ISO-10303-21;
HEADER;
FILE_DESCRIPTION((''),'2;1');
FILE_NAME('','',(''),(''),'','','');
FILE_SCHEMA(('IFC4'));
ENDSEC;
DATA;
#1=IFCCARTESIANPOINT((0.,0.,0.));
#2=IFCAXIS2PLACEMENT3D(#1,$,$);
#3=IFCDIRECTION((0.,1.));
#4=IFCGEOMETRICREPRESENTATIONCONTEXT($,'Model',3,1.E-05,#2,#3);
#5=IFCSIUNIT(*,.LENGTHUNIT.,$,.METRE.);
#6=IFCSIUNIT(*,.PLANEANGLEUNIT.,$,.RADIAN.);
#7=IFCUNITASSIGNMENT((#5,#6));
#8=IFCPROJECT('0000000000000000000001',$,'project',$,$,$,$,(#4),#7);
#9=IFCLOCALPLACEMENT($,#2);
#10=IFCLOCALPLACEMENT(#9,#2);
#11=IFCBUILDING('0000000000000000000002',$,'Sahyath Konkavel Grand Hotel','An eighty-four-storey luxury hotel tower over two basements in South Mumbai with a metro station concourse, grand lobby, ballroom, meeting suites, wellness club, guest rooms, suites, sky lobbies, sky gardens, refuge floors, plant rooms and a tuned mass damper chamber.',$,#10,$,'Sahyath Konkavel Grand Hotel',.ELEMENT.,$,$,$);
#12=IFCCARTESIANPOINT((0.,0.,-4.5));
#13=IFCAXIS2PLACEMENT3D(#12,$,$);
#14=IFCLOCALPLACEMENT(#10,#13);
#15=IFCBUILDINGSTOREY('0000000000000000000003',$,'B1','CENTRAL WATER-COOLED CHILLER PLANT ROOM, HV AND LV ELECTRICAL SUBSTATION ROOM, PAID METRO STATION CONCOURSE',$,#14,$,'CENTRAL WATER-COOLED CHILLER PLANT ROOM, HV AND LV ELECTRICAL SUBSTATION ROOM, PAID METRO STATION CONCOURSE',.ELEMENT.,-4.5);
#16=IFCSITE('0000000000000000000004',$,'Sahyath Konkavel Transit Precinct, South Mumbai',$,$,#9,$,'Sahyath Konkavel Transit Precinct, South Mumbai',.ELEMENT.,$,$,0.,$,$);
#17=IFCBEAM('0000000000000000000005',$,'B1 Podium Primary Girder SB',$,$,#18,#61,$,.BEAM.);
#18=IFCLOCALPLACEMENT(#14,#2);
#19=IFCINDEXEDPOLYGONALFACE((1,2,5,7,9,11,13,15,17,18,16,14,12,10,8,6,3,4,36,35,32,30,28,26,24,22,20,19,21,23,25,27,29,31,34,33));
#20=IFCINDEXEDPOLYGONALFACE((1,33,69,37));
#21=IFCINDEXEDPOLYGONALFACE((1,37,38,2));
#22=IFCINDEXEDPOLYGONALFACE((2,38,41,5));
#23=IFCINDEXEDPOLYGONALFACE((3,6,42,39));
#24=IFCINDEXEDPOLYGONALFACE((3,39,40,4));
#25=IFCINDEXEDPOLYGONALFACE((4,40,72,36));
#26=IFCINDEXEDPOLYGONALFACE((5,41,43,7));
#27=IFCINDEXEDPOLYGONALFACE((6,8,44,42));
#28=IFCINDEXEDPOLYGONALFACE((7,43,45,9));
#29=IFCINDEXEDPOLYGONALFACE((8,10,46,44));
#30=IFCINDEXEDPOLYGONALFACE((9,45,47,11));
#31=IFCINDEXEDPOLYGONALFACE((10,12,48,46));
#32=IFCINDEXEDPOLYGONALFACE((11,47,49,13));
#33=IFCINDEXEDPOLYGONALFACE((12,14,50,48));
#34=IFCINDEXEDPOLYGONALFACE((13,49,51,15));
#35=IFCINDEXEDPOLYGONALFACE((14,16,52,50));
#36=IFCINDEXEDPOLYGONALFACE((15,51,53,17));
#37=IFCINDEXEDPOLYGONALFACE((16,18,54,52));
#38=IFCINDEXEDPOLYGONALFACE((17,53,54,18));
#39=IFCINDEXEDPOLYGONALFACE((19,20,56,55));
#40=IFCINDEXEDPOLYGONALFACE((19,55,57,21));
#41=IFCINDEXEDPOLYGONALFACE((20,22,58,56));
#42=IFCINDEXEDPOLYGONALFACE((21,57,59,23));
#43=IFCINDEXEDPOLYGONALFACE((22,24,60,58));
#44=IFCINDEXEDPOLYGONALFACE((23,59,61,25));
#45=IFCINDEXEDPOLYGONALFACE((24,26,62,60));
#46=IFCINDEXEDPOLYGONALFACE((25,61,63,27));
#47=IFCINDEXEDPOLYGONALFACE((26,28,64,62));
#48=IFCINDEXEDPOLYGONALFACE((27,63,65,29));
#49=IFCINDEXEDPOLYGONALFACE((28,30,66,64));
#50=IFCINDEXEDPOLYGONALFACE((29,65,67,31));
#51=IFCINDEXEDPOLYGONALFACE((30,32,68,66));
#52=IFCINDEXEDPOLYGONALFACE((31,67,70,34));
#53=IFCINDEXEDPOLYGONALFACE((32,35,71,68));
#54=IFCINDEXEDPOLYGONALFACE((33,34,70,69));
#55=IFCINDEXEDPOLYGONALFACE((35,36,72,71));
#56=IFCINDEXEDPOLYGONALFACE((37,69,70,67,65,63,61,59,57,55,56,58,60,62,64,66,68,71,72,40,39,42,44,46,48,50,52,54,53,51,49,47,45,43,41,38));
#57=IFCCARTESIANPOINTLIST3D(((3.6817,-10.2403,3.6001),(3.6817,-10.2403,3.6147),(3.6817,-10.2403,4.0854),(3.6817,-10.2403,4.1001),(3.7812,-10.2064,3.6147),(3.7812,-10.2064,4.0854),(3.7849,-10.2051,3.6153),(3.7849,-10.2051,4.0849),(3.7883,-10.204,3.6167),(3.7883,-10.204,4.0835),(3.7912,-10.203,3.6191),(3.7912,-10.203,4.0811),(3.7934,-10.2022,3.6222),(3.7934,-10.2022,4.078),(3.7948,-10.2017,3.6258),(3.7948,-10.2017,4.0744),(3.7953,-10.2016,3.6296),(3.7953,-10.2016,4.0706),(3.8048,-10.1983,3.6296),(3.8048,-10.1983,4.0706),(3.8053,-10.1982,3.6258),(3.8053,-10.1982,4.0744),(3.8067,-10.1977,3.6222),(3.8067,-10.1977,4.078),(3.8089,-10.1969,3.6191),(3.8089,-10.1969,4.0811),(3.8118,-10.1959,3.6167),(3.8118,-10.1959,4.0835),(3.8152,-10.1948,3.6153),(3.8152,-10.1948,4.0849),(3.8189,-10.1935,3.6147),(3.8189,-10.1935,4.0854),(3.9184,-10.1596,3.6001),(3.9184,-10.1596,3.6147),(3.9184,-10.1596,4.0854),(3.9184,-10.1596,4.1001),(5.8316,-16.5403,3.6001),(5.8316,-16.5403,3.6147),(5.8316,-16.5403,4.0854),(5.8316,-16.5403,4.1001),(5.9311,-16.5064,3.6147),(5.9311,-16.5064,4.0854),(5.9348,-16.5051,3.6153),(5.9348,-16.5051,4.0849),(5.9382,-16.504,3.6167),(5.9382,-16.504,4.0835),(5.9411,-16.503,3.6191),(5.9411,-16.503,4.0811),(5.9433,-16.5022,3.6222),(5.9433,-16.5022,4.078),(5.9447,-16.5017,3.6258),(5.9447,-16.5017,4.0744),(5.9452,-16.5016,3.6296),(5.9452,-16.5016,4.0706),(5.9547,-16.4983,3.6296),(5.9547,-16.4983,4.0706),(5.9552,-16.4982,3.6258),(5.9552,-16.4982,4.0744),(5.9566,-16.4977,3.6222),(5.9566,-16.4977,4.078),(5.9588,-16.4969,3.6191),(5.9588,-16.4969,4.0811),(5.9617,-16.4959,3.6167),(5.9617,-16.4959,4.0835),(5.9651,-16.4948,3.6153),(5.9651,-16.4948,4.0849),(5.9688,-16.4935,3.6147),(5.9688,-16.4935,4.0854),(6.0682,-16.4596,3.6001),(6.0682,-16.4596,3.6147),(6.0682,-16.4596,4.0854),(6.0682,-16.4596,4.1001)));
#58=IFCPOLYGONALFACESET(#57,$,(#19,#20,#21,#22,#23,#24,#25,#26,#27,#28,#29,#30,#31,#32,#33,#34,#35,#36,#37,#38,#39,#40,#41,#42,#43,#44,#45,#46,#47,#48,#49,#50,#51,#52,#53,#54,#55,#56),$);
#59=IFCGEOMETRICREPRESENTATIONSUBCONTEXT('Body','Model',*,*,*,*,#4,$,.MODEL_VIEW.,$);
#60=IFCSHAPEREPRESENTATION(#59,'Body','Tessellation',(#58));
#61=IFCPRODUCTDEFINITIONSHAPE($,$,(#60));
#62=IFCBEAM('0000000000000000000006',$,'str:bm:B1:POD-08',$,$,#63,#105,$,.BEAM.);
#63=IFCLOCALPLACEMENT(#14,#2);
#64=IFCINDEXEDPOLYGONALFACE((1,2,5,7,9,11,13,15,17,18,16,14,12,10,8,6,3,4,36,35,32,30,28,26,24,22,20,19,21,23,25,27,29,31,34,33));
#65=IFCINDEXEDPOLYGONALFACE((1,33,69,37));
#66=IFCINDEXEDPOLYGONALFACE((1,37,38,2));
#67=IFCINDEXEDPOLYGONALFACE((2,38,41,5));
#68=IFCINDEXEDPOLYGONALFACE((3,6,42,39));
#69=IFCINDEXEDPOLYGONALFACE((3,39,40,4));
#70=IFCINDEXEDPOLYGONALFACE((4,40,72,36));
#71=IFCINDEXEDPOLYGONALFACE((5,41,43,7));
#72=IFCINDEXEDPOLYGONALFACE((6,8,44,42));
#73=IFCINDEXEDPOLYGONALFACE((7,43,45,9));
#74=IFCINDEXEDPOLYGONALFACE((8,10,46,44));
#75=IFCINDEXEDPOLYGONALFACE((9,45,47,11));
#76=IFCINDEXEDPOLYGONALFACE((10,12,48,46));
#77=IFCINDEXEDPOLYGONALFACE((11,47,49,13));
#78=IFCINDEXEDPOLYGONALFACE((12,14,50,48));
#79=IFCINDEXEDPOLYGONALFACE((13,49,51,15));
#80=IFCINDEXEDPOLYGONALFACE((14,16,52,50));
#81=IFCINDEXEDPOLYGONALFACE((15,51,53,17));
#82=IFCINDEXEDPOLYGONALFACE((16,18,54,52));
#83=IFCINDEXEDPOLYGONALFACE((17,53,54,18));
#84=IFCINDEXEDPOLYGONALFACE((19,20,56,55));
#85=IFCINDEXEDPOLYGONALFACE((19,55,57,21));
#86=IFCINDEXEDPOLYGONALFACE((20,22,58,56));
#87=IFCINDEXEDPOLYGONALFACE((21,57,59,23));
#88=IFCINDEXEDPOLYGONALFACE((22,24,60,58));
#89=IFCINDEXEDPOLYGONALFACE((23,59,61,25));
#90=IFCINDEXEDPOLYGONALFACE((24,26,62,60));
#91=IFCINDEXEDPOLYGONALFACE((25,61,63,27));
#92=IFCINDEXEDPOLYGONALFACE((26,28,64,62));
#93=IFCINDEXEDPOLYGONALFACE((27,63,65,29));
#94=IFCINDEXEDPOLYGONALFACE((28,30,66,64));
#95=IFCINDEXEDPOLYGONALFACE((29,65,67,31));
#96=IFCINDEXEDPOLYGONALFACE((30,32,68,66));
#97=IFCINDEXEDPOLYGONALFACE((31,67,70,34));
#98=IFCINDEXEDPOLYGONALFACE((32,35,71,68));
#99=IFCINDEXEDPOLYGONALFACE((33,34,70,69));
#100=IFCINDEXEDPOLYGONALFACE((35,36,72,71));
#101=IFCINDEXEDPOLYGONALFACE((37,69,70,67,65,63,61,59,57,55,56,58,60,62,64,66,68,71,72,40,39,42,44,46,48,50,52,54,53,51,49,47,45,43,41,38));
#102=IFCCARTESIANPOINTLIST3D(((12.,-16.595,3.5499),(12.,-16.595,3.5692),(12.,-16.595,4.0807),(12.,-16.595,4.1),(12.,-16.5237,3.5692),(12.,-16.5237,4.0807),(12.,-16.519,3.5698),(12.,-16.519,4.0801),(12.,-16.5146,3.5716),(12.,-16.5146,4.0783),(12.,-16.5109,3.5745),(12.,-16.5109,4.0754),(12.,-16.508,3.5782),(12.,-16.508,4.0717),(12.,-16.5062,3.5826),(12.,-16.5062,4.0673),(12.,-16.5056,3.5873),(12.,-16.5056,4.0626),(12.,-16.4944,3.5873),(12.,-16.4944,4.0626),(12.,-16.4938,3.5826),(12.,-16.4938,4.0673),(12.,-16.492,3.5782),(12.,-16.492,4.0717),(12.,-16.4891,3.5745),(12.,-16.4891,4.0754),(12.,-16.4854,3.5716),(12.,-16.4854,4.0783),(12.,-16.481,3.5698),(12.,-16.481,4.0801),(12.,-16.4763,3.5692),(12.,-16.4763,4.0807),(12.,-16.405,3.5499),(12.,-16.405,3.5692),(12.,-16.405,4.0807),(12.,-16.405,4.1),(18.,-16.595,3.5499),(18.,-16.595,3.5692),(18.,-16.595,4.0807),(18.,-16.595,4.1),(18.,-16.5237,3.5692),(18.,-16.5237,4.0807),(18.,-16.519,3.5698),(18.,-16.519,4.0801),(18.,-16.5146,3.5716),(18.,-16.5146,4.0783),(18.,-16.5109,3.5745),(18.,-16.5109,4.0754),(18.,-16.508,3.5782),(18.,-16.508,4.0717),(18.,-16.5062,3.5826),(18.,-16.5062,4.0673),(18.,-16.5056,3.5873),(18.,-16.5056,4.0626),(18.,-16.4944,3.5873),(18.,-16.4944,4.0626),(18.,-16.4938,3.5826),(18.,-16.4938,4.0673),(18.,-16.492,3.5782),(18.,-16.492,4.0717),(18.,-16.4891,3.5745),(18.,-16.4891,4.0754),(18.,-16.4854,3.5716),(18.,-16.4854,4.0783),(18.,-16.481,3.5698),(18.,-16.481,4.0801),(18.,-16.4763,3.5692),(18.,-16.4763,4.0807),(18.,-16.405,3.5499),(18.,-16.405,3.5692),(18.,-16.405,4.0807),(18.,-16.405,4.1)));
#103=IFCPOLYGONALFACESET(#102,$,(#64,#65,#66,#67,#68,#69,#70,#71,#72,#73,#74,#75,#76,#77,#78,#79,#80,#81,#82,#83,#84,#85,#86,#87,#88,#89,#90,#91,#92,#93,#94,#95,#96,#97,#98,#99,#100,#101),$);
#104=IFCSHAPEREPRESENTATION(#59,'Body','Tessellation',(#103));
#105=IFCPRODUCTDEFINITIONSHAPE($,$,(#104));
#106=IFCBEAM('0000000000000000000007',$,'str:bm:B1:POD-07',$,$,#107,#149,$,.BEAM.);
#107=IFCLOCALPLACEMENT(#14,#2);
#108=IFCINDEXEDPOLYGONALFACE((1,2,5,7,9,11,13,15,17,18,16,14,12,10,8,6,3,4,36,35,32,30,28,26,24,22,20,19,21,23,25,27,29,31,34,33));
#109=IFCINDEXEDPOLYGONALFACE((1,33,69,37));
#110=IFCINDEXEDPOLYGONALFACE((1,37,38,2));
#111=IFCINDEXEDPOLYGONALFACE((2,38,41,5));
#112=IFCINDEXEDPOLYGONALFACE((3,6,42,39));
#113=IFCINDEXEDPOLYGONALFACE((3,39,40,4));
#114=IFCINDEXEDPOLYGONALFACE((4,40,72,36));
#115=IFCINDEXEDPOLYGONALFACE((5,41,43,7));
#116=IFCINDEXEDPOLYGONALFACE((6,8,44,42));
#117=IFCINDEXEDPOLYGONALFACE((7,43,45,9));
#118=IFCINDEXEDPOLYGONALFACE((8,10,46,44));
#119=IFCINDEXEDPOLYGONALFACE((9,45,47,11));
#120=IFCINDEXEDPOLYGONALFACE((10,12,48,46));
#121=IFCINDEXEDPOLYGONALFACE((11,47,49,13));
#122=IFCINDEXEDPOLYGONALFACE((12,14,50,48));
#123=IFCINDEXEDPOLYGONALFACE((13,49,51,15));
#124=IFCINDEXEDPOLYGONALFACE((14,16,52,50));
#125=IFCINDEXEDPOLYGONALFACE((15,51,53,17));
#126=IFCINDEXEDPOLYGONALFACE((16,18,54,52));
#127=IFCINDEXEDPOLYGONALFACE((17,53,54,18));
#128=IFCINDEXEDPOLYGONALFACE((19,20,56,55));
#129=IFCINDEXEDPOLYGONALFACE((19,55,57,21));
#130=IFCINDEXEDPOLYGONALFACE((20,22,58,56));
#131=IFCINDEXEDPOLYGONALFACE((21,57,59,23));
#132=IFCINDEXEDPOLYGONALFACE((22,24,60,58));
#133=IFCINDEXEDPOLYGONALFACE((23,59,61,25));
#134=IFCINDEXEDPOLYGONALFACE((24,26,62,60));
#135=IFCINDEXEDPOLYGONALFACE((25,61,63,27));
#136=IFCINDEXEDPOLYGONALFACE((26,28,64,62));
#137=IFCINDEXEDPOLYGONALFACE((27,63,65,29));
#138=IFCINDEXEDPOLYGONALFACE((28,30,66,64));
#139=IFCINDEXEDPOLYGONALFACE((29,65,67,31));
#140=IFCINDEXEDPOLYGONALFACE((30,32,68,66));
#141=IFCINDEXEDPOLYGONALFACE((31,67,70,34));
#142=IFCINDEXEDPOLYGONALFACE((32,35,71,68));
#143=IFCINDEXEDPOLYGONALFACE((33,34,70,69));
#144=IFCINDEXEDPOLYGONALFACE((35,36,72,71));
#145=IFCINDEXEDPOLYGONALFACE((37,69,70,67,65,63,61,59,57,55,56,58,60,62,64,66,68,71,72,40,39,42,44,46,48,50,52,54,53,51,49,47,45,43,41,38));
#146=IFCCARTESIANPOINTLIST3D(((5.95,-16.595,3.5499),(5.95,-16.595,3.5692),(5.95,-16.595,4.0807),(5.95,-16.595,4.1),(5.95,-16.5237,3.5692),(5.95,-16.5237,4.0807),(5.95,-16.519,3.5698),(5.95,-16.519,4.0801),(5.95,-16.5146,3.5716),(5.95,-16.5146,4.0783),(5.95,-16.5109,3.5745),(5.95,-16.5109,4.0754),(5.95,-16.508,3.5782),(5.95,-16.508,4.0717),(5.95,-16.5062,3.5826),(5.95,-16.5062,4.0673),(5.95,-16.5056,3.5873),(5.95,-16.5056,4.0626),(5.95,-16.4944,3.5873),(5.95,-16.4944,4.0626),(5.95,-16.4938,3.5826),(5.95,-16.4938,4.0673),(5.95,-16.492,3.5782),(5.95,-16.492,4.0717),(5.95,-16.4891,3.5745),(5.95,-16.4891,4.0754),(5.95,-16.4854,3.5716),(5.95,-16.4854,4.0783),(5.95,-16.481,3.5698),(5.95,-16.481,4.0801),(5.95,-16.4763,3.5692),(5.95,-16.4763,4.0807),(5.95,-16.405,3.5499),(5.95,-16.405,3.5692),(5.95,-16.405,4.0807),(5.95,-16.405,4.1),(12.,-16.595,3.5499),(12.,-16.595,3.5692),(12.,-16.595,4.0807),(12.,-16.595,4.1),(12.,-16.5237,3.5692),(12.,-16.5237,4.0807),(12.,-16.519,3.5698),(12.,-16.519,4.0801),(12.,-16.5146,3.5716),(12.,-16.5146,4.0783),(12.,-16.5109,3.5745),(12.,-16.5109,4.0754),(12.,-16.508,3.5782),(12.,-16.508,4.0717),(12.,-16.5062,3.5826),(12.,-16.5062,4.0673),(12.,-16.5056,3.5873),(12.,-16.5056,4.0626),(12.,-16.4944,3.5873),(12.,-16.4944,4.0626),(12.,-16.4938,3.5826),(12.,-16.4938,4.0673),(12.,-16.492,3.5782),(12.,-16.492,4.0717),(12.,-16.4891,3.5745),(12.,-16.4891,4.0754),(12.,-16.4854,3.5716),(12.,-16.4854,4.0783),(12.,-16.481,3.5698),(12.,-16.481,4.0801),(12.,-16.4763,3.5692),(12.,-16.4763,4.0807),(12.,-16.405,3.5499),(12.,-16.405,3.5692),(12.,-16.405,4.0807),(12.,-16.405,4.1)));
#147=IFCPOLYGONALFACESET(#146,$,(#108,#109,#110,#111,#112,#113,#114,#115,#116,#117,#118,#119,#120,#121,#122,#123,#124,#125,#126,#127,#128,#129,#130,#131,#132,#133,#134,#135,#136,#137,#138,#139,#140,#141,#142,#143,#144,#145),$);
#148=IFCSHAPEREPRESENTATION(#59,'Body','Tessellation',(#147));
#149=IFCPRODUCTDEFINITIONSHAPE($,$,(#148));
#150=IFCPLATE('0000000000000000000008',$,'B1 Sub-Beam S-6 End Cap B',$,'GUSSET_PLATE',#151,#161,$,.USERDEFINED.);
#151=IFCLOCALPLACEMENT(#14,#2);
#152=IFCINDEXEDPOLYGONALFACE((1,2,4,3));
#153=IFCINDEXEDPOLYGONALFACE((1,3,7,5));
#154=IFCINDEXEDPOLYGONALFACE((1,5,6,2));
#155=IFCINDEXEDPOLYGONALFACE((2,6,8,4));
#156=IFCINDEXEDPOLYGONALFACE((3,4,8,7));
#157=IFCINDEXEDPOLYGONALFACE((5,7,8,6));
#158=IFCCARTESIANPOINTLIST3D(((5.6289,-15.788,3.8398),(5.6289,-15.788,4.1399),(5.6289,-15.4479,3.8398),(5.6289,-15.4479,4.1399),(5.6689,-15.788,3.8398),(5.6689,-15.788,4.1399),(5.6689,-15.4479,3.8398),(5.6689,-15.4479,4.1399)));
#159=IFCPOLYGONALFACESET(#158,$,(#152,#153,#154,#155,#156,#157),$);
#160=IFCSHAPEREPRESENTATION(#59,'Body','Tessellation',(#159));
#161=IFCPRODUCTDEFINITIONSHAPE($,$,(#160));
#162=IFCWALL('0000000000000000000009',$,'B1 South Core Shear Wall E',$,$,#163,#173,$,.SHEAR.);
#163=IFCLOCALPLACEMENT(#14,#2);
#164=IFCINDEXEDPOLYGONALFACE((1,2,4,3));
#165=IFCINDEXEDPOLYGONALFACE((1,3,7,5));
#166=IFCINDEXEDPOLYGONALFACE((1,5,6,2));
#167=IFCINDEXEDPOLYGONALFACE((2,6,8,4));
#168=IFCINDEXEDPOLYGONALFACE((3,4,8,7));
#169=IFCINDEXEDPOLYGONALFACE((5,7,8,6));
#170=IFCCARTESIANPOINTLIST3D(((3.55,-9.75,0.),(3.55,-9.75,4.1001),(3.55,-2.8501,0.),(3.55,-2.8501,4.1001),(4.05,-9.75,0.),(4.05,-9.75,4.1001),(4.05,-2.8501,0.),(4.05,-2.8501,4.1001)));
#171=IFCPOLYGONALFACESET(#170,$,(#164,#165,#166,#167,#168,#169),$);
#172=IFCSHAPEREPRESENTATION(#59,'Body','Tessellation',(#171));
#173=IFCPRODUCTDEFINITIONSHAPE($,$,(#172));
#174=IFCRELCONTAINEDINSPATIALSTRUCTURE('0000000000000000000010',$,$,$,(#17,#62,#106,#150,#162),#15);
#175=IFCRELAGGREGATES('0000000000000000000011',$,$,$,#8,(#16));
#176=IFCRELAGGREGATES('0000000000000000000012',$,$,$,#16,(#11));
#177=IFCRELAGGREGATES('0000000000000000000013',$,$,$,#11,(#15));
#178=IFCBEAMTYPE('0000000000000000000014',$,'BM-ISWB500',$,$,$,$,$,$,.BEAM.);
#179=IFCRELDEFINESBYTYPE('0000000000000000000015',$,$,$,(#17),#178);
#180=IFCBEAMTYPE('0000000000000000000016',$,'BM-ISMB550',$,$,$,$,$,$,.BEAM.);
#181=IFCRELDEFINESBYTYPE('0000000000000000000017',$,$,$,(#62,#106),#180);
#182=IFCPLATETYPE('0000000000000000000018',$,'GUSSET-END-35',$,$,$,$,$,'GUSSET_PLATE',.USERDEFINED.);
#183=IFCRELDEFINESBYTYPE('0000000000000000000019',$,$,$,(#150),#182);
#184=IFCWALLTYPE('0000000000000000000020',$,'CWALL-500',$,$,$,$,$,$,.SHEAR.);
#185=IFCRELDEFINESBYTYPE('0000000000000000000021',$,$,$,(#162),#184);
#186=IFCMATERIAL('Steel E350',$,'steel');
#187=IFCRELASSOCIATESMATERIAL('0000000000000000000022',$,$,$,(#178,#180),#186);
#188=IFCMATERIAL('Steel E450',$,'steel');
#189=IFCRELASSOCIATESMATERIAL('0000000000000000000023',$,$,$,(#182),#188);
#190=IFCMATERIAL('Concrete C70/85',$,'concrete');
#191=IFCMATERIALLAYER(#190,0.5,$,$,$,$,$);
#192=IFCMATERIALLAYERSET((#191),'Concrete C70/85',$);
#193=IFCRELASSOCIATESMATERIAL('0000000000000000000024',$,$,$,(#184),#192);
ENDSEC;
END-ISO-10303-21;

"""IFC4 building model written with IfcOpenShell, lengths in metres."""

from ifc_helpers import new_model, si_unit, direction, frame, frame_2d, origin, origin_2d, place, context, subcontext, project, spatial, rectangle, i_section, extrude, source, transform, mapped, material, layer, layer_set, material_profile, profile_set, type_object, element, save


model = new_model("IFC4")

# Units and contexts
model_context = context("Model", 3, precision=1e-05, world=origin(), true_north=direction((0.0, 1.0)))
body_context = subcontext(model_context, "Body", "Model", "MODEL_VIEW")
ifc_project = project(units=[si_unit("LENGTHUNIT", "METRE"), si_unit("PLANEANGLEUNIT", "RADIAN")], contexts=[model_context])

# Site, building, storey
site_placement = place(None, origin())
site = spatial("IfcSite", under=ifc_project, at=site_placement, Name="Sahyath Konkavel Transit Precinct, South Mumbai", LongName="Sahyath Konkavel Transit Precinct, South Mumbai", CompositionType="ELEMENT", RefElevation=0.0)
building_placement = place(site_placement, origin())
building = spatial("IfcBuilding", under=site, at=building_placement, Name="Sahyath Konkavel Grand Hotel", Description="An eighty-four-storey luxury hotel tower over two basements in South Mumbai with a metro station concourse, grand lobby, ballroom, meeting suites, wellness club, guest rooms, suites, sky lobbies, sky gardens, refuge floors, plant rooms and a tuned mass damper chamber.", LongName="Sahyath Konkavel Grand Hotel", CompositionType="ELEMENT")
storey_placement = place(building_placement, frame((0.0, 0.0, -4.5)))
storey = spatial("IfcBuildingStorey", under=building, at=storey_placement, Name="B1", Description="CENTRAL WATER-COOLED CHILLER PLANT ROOM, HV AND LV ELECTRICAL SUBSTATION ROOM, PAID METRO STATION CONCOURSE", LongName="CENTRAL WATER-COOLED CHILLER PLANT ROOM, HV AND LV ELECTRICAL SUBSTATION ROOM, PAID METRO STATION CONCOURSE", CompositionType="ELEMENT", Elevation=-4.5)

# Shared definitions
ifc_material_1 = material(Name="Concrete C70/85", Category="concrete")
ifc_material_2 = material(Name="Steel E450", Category="steel")

# Beams
ifc_material_3 = material(Name="Steel E350", Category="steel")
ifc_material_profile_1 = material_profile(ifc_material_3, i_section(OverallWidth=0.25, OverallDepth=0.5, WebThickness=0.01, FlangeThickness=0.0146, FilletRadius=0.0149, at=origin_2d()), Name="ISWB 500")
ifc_profile_set_1 = profile_set([ifc_material_profile_1], Name="Steel E350")
beam_type_1 = type_object("IfcBeamType", Name="BM-ISWB500", PredefinedType="BEAM", material=ifc_profile_set_1)
shared_shape_1 = source(origin(), body_context, "Body", "SweptSolid", [
    extrude(i_section(OverallWidth=0.25, OverallDepth=0.5, WebThickness=0.01, FlangeThickness=0.0146, FilletRadius=0.0149, at=origin_2d()), origin(), (0.0, 0.0, 1.0), 6.6567),
])
beam_1_placement = place(storey_placement, frame((3.8, -10.2, 3.8501), z_axis=(0.322964, -0.946411, 0.0), x_axis=(0.946411, 0.322964, 0.0)))
element("IfcBeam", 1, at=beam_1_placement, inside=storey, type_object=beam_type_1, Name="B1 Podium Primary Girder SB", PredefinedType="BEAM", context=body_context, shape_type="MappedRepresentation", body=[
    mapped(shared_shape_1, transform((0.0, 0.0, 0.0), scale=1.0)),
])
ifc_material_profile_2 = material_profile(ifc_material_3, i_section(OverallWidth=0.1899, OverallDepth=0.55, WebThickness=0.0112, FlangeThickness=0.0193, FilletRadius=0.0181, at=origin_2d()), Name="ISMB 550")
ifc_profile_set_2 = profile_set([ifc_material_profile_2], Name="Steel E350")
beam_type_2 = type_object("IfcBeamType", Name="BM-ISMB550", PredefinedType="BEAM", material=ifc_profile_set_2)
shared_shape_2 = source(origin(), body_context, "Body", "SweptSolid", [
    extrude(i_section(OverallWidth=0.1899, OverallDepth=0.55, WebThickness=0.0112, FlangeThickness=0.0193, FilletRadius=0.0181, at=origin_2d()), origin(), (0.0, 0.0, 1.0), 6.0),
])
beam_2_placement = place(storey_placement, frame((12.0, -16.5, 3.825), z_axis=(1.0, 0.0, 0.0), x_axis=(0.0, 1.0, 0.0)))
element("IfcBeam", 2, at=beam_2_placement, inside=storey, type_object=beam_type_2, Name="str:bm:B1:POD-08", PredefinedType="BEAM", context=body_context, shape_type="MappedRepresentation", body=[
    mapped(shared_shape_2, transform((0.0, 0.0, 0.0), scale=1.0)),
])
shared_shape_3 = source(origin(), body_context, "Body", "SweptSolid", [
    extrude(i_section(OverallWidth=0.1899, OverallDepth=0.55, WebThickness=0.0112, FlangeThickness=0.0193, FilletRadius=0.0181, at=origin_2d()), origin(), (0.0, 0.0, 1.0), 6.05),
])
beam_3_placement = place(storey_placement, frame((5.95, -16.5, 3.825), z_axis=(1.0, 0.0, 0.0), x_axis=(0.0, 1.0, 0.0)))
element("IfcBeam", 3, at=beam_3_placement, inside=storey, type_object=beam_type_2, Name="str:bm:B1:POD-07", PredefinedType="BEAM", context=body_context, shape_type="MappedRepresentation", body=[
    mapped(shared_shape_3, transform((0.0, 0.0, 0.0), scale=1.0)),
])

# Plate
plate_type = type_object("IfcPlateType", Name="GUSSET-END-35", ElementType="GUSSET_PLATE", PredefinedType="USERDEFINED", material=ifc_material_2)
shared_shape_4 = source(origin(), body_context, "Body", "SweptSolid", [
    extrude(rectangle(XDim=0.04, YDim=0.3401, at=origin_2d()), origin(), (0.0, 0.0, 1.0), 0.3),
])
plate_placement = place(storey_placement, frame((5.6489, -15.6179, 3.8398), z_axis=(0.0, 0.0, 1.0), x_axis=(1.0, 0.0, 0.0)))
element("IfcPlate", 4, at=plate_placement, inside=storey, type_object=plate_type, Name="B1 Sub-Beam S-6 End Cap B", ObjectType="GUSSET_PLATE", PredefinedType="USERDEFINED", context=body_context, shape_type="MappedRepresentation", body=[
    mapped(shared_shape_4, transform((0.0, 0.0, 0.0), scale=1.0)),
])

# Wall
ifc_layer_1 = layer(ifc_material_1, 0.5)
ifc_layer_set_1 = layer_set([ifc_layer_1], Name="Concrete C70/85")
wall_type_1 = type_object("IfcWallType", Name="CWALL-500", PredefinedType="SHEAR", material=ifc_layer_set_1)
wall_1_placement = place(storey_placement, frame((3.8, -9.75, 0.0), z_axis=(0.0, 0.0, 1.0), x_axis=(0.0, 1.0, 0.0)))
element("IfcWall", 5, at=wall_1_placement, inside=storey, type_object=wall_type_1, Name="B1 South Core Shear Wall E", PredefinedType="SHEAR", context=body_context, shape_type="SweptSolid", body=[
    extrude(rectangle(XDim=6.8999, YDim=0.5, at=frame_2d((3.45, 0.0))), origin(), (0.0, 0.0, 1.0), 4.1001),
])

save(model, "model.ifc")
